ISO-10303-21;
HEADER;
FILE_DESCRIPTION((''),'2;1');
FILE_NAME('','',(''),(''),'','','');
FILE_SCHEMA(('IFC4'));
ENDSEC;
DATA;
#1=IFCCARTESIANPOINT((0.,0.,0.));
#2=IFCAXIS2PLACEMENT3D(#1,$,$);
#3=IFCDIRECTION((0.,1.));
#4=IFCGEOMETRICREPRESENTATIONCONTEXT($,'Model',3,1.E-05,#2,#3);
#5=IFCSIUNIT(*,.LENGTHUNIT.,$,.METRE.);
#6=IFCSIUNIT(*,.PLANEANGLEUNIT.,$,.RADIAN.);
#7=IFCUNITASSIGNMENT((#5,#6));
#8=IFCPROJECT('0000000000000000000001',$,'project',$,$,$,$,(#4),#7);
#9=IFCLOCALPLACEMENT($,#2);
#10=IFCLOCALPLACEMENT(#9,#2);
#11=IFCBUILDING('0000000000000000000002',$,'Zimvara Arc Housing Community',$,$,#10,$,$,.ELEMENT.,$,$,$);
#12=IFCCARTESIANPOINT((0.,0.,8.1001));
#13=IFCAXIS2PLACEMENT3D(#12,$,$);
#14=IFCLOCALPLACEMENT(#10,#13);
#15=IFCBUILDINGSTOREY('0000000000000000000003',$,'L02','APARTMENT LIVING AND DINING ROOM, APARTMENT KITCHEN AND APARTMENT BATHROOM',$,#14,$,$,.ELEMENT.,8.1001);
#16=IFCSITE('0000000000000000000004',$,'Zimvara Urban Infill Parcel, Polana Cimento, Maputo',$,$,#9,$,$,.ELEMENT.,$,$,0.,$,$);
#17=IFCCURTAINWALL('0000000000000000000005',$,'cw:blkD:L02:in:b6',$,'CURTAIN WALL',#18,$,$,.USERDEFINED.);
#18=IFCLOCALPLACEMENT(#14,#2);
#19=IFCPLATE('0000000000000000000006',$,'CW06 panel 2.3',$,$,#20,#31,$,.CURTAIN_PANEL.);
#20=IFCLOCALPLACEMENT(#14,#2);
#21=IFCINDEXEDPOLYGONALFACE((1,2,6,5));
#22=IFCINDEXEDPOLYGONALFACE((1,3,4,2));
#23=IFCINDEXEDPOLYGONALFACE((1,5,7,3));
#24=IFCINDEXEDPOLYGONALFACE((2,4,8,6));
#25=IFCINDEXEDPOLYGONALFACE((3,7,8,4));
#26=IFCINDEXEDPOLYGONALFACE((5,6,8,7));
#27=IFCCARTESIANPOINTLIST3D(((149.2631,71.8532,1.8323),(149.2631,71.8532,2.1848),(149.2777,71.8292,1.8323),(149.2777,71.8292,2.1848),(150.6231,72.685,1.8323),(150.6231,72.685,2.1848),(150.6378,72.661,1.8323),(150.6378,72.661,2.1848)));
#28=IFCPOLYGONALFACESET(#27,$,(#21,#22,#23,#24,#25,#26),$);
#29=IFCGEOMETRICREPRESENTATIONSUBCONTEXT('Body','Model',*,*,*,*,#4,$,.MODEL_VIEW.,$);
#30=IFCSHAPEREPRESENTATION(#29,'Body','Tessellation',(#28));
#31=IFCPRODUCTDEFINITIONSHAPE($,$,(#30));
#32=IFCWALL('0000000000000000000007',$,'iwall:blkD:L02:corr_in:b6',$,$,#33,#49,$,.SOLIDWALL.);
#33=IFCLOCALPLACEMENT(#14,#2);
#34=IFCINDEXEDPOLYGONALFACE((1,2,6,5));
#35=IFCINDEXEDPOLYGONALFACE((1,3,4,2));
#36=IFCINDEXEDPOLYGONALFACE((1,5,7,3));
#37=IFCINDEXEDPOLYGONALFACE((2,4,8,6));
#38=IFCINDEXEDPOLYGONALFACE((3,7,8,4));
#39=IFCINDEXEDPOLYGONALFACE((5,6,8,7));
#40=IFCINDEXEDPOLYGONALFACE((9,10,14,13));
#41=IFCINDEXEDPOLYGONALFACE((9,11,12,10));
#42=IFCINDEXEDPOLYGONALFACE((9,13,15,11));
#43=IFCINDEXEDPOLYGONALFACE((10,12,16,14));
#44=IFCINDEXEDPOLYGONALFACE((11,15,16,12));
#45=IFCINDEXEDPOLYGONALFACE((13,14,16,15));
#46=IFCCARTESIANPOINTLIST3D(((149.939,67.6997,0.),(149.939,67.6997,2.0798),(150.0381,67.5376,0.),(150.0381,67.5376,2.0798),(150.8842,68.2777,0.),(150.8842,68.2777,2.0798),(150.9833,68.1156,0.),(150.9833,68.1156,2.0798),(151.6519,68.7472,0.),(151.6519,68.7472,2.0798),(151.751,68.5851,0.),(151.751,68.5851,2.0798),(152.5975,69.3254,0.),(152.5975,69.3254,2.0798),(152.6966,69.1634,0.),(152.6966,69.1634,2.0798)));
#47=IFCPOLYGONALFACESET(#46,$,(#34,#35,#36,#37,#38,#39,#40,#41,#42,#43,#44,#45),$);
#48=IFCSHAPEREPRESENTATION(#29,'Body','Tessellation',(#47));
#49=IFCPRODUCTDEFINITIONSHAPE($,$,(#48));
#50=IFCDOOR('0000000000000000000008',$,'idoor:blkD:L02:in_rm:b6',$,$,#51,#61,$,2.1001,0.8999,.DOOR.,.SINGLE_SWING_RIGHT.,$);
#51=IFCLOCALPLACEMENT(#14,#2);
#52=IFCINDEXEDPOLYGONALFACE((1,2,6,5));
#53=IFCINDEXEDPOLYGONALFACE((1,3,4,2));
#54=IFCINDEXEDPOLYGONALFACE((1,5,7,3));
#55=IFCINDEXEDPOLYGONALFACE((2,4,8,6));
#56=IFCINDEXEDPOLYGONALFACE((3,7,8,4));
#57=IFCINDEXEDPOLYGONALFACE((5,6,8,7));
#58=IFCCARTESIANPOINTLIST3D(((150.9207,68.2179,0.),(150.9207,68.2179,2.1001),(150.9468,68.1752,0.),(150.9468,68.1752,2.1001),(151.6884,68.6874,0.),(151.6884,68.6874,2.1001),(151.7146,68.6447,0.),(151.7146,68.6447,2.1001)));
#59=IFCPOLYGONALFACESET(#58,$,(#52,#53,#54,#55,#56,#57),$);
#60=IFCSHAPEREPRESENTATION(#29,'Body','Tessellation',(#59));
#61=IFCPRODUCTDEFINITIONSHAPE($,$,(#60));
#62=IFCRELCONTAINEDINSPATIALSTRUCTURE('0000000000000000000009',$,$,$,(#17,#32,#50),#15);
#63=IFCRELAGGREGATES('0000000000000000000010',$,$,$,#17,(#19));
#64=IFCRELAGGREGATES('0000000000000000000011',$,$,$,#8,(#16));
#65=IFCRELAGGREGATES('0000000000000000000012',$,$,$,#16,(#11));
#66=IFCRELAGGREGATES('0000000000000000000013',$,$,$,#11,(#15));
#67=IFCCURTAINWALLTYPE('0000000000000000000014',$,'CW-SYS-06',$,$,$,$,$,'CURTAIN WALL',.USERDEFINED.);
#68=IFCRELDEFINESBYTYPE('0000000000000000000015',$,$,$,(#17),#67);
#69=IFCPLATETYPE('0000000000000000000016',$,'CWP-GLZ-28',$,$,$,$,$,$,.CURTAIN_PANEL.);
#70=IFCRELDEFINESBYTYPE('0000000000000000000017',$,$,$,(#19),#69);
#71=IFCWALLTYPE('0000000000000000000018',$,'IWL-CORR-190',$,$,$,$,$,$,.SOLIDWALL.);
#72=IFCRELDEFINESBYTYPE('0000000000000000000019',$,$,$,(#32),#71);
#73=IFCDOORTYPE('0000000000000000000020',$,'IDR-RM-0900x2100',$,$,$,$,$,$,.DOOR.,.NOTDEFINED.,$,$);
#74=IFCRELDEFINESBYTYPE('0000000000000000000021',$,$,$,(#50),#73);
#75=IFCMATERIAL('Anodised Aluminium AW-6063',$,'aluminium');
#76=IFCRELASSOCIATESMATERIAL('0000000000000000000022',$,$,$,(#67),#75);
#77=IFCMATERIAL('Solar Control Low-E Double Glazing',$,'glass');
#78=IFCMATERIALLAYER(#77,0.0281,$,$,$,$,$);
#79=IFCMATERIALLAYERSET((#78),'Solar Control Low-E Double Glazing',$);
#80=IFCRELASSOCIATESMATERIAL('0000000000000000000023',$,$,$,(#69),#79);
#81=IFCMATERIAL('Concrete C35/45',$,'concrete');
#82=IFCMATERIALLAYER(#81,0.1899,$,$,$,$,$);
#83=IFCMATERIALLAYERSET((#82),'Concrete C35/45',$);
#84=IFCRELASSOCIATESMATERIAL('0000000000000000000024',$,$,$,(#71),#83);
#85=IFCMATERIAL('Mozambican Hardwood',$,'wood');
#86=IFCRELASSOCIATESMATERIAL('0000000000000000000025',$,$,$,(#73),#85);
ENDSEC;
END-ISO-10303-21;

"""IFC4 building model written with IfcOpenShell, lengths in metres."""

from ifc_helpers import new_model, si_unit, direction, frame, frame_2d, origin, origin_2d, place, context, subcontext, project, spatial, rectangle, extrude, material, layer, layer_set, type_object, element, fill, aggregate, save


model = new_model("IFC4")

# Units and contexts
model_context = context("Model", 3, precision=1e-05, world=origin(), true_north=direction((0.0, 1.0)))
body_context = subcontext(model_context, "Body", "Model", "MODEL_VIEW")
ifc_project = project(units=[si_unit("LENGTHUNIT", "METRE"), si_unit("PLANEANGLEUNIT", "RADIAN")], contexts=[model_context])

# Site, building, storey
site_placement = place(None, origin())
site = spatial("IfcSite", under=ifc_project, at=site_placement, Name="Zimvara Urban Infill Parcel, Polana Cimento, Maputo", CompositionType="ELEMENT", RefElevation=0.0)
building_placement = place(site_placement, origin())
building = spatial("IfcBuilding", under=site, at=building_placement, Name="Zimvara Arc Housing Community", CompositionType="ELEMENT")
storey_placement = place(building_placement, frame((0.0, 0.0, 8.1001)))
storey = spatial("IfcBuildingStorey", under=building, at=storey_placement, Name="L02", Description="APARTMENT LIVING AND DINING ROOM, APARTMENT KITCHEN AND APARTMENT BATHROOM", CompositionType="ELEMENT", Elevation=8.1001)

# Curtain wall
ifc_material_1 = material(Name="Anodised Aluminium AW-6063", Category="aluminium")
curtain_wall_type_1 = type_object("IfcCurtainWallType", Name="CW-SYS-06", ElementType="CURTAIN WALL", PredefinedType="USERDEFINED", material=ifc_material_1)
curtain_wall_1_placement = place(storey_placement, origin())
curtain_wall_1 = element("IfcCurtainWall", 1, at=curtain_wall_1_placement, inside=storey, type_object=curtain_wall_type_1, Name="cw:blkD:L02:in:b6", ObjectType="CURTAIN WALL", PredefinedType="USERDEFINED")

# Plate
ifc_material_2 = material(Name="Solar Control Low-E Double Glazing", Category="glass")
ifc_layer_1 = layer(ifc_material_2, 0.0281)
ifc_layer_set_1 = layer_set([ifc_layer_1], Name="Solar Control Low-E Double Glazing")
plate_type = type_object("IfcPlateType", Name="CWP-GLZ-28", PredefinedType="CURTAIN_PANEL", material=ifc_layer_set_1)
plate_1_placement = place(storey_placement, frame((149.9504, 72.2571, 1.8323), z_axis=(0.0, 0.0, 1.0), x_axis=(0.853096, 0.521754, 0.0)))
plate_1 = element("IfcPlate", 2, at=plate_1_placement, type_object=plate_type, Name="CW06 panel 2.3", PredefinedType="CURTAIN_PANEL", context=body_context, shape_type="SweptSolid", body=[
    extrude(rectangle(XDim=1.5942, YDim=0.0281, at=origin_2d()), origin(), (0.0, 0.0, 1.0), 0.3525),
])
aggregate(curtain_wall_1, [plate_1])

# Wall, opening, door
ifc_material_3 = material(Name="Concrete C35/45", Category="concrete")
ifc_layer_2 = layer(ifc_material_3, 0.1899)
ifc_layer_set_2 = layer_set([ifc_layer_2], Name="Concrete C35/45")
wall_type = type_object("IfcWallType", Name="IWL-CORR-190", PredefinedType="SOLIDWALL", material=ifc_layer_set_2)
wall_placement = place(storey_placement, frame((149.9885, 67.6187, 0.0), z_axis=(0.0, 0.0, 1.0), x_axis=(0.853121, 0.521713, 0.0)))
wall = element("IfcWall", 3, at=wall_placement, inside=storey, type_object=wall_type, Name="iwall:blkD:L02:corr_in:b6", PredefinedType="SOLIDWALL", context=body_context, shape_type="SweptSolid", body=[
    extrude(rectangle(XDim=3.1162, YDim=0.1899, at=frame_2d((1.5581, 0.0))), origin(), (0.0, 0.0, 1.0), 2.0798),
])
opening_placement = place(wall_placement, frame((1.1079, 0.0, 0.0)))
opening = element("IfcOpeningElement", 4, at=opening_placement, cuts=wall, PredefinedType="OPENING", context=body_context, shape_type="SweptSolid", body=[
    extrude(rectangle(XDim=0.8999, YDim=2.1001, at=frame_2d((0.45, 1.05))), frame((0.0, 0.105, 0.0), z_axis=(0.0, -1.0, 0.0), x_axis=(1.0, 0.0, 0.0)), (0.0, 0.0, 1.0), 0.21),
])
ifc_material_4 = material(Name="Mozambican Hardwood", Category="wood")
door_type = type_object("IfcDoorType", Name="IDR-RM-0900x2100", OperationType="NOTDEFINED", PredefinedType="DOOR", material=ifc_material_4)
door_placement = place(opening_placement, origin())
door = element("IfcDoor", 5, at=door_placement, inside=storey, type_object=door_type, Name="idoor:blkD:L02:in_rm:b6", OperationType="SINGLE_SWING_RIGHT", OverallHeight=2.1001, OverallWidth=0.8999, PredefinedType="DOOR", context=body_context, shape_type="SweptSolid", body=[
    extrude(rectangle(XDim=0.8999, YDim=2.1001, at=frame_2d((0.45, 1.05))), frame((0.0, 0.0249, 0.0), z_axis=(0.0, -1.0, 0.0), x_axis=(1.0, 0.0, 0.0)), (0.0, 0.0, 1.0), 0.05),
])
fill(opening, door)

save(model, "model.ifc")
